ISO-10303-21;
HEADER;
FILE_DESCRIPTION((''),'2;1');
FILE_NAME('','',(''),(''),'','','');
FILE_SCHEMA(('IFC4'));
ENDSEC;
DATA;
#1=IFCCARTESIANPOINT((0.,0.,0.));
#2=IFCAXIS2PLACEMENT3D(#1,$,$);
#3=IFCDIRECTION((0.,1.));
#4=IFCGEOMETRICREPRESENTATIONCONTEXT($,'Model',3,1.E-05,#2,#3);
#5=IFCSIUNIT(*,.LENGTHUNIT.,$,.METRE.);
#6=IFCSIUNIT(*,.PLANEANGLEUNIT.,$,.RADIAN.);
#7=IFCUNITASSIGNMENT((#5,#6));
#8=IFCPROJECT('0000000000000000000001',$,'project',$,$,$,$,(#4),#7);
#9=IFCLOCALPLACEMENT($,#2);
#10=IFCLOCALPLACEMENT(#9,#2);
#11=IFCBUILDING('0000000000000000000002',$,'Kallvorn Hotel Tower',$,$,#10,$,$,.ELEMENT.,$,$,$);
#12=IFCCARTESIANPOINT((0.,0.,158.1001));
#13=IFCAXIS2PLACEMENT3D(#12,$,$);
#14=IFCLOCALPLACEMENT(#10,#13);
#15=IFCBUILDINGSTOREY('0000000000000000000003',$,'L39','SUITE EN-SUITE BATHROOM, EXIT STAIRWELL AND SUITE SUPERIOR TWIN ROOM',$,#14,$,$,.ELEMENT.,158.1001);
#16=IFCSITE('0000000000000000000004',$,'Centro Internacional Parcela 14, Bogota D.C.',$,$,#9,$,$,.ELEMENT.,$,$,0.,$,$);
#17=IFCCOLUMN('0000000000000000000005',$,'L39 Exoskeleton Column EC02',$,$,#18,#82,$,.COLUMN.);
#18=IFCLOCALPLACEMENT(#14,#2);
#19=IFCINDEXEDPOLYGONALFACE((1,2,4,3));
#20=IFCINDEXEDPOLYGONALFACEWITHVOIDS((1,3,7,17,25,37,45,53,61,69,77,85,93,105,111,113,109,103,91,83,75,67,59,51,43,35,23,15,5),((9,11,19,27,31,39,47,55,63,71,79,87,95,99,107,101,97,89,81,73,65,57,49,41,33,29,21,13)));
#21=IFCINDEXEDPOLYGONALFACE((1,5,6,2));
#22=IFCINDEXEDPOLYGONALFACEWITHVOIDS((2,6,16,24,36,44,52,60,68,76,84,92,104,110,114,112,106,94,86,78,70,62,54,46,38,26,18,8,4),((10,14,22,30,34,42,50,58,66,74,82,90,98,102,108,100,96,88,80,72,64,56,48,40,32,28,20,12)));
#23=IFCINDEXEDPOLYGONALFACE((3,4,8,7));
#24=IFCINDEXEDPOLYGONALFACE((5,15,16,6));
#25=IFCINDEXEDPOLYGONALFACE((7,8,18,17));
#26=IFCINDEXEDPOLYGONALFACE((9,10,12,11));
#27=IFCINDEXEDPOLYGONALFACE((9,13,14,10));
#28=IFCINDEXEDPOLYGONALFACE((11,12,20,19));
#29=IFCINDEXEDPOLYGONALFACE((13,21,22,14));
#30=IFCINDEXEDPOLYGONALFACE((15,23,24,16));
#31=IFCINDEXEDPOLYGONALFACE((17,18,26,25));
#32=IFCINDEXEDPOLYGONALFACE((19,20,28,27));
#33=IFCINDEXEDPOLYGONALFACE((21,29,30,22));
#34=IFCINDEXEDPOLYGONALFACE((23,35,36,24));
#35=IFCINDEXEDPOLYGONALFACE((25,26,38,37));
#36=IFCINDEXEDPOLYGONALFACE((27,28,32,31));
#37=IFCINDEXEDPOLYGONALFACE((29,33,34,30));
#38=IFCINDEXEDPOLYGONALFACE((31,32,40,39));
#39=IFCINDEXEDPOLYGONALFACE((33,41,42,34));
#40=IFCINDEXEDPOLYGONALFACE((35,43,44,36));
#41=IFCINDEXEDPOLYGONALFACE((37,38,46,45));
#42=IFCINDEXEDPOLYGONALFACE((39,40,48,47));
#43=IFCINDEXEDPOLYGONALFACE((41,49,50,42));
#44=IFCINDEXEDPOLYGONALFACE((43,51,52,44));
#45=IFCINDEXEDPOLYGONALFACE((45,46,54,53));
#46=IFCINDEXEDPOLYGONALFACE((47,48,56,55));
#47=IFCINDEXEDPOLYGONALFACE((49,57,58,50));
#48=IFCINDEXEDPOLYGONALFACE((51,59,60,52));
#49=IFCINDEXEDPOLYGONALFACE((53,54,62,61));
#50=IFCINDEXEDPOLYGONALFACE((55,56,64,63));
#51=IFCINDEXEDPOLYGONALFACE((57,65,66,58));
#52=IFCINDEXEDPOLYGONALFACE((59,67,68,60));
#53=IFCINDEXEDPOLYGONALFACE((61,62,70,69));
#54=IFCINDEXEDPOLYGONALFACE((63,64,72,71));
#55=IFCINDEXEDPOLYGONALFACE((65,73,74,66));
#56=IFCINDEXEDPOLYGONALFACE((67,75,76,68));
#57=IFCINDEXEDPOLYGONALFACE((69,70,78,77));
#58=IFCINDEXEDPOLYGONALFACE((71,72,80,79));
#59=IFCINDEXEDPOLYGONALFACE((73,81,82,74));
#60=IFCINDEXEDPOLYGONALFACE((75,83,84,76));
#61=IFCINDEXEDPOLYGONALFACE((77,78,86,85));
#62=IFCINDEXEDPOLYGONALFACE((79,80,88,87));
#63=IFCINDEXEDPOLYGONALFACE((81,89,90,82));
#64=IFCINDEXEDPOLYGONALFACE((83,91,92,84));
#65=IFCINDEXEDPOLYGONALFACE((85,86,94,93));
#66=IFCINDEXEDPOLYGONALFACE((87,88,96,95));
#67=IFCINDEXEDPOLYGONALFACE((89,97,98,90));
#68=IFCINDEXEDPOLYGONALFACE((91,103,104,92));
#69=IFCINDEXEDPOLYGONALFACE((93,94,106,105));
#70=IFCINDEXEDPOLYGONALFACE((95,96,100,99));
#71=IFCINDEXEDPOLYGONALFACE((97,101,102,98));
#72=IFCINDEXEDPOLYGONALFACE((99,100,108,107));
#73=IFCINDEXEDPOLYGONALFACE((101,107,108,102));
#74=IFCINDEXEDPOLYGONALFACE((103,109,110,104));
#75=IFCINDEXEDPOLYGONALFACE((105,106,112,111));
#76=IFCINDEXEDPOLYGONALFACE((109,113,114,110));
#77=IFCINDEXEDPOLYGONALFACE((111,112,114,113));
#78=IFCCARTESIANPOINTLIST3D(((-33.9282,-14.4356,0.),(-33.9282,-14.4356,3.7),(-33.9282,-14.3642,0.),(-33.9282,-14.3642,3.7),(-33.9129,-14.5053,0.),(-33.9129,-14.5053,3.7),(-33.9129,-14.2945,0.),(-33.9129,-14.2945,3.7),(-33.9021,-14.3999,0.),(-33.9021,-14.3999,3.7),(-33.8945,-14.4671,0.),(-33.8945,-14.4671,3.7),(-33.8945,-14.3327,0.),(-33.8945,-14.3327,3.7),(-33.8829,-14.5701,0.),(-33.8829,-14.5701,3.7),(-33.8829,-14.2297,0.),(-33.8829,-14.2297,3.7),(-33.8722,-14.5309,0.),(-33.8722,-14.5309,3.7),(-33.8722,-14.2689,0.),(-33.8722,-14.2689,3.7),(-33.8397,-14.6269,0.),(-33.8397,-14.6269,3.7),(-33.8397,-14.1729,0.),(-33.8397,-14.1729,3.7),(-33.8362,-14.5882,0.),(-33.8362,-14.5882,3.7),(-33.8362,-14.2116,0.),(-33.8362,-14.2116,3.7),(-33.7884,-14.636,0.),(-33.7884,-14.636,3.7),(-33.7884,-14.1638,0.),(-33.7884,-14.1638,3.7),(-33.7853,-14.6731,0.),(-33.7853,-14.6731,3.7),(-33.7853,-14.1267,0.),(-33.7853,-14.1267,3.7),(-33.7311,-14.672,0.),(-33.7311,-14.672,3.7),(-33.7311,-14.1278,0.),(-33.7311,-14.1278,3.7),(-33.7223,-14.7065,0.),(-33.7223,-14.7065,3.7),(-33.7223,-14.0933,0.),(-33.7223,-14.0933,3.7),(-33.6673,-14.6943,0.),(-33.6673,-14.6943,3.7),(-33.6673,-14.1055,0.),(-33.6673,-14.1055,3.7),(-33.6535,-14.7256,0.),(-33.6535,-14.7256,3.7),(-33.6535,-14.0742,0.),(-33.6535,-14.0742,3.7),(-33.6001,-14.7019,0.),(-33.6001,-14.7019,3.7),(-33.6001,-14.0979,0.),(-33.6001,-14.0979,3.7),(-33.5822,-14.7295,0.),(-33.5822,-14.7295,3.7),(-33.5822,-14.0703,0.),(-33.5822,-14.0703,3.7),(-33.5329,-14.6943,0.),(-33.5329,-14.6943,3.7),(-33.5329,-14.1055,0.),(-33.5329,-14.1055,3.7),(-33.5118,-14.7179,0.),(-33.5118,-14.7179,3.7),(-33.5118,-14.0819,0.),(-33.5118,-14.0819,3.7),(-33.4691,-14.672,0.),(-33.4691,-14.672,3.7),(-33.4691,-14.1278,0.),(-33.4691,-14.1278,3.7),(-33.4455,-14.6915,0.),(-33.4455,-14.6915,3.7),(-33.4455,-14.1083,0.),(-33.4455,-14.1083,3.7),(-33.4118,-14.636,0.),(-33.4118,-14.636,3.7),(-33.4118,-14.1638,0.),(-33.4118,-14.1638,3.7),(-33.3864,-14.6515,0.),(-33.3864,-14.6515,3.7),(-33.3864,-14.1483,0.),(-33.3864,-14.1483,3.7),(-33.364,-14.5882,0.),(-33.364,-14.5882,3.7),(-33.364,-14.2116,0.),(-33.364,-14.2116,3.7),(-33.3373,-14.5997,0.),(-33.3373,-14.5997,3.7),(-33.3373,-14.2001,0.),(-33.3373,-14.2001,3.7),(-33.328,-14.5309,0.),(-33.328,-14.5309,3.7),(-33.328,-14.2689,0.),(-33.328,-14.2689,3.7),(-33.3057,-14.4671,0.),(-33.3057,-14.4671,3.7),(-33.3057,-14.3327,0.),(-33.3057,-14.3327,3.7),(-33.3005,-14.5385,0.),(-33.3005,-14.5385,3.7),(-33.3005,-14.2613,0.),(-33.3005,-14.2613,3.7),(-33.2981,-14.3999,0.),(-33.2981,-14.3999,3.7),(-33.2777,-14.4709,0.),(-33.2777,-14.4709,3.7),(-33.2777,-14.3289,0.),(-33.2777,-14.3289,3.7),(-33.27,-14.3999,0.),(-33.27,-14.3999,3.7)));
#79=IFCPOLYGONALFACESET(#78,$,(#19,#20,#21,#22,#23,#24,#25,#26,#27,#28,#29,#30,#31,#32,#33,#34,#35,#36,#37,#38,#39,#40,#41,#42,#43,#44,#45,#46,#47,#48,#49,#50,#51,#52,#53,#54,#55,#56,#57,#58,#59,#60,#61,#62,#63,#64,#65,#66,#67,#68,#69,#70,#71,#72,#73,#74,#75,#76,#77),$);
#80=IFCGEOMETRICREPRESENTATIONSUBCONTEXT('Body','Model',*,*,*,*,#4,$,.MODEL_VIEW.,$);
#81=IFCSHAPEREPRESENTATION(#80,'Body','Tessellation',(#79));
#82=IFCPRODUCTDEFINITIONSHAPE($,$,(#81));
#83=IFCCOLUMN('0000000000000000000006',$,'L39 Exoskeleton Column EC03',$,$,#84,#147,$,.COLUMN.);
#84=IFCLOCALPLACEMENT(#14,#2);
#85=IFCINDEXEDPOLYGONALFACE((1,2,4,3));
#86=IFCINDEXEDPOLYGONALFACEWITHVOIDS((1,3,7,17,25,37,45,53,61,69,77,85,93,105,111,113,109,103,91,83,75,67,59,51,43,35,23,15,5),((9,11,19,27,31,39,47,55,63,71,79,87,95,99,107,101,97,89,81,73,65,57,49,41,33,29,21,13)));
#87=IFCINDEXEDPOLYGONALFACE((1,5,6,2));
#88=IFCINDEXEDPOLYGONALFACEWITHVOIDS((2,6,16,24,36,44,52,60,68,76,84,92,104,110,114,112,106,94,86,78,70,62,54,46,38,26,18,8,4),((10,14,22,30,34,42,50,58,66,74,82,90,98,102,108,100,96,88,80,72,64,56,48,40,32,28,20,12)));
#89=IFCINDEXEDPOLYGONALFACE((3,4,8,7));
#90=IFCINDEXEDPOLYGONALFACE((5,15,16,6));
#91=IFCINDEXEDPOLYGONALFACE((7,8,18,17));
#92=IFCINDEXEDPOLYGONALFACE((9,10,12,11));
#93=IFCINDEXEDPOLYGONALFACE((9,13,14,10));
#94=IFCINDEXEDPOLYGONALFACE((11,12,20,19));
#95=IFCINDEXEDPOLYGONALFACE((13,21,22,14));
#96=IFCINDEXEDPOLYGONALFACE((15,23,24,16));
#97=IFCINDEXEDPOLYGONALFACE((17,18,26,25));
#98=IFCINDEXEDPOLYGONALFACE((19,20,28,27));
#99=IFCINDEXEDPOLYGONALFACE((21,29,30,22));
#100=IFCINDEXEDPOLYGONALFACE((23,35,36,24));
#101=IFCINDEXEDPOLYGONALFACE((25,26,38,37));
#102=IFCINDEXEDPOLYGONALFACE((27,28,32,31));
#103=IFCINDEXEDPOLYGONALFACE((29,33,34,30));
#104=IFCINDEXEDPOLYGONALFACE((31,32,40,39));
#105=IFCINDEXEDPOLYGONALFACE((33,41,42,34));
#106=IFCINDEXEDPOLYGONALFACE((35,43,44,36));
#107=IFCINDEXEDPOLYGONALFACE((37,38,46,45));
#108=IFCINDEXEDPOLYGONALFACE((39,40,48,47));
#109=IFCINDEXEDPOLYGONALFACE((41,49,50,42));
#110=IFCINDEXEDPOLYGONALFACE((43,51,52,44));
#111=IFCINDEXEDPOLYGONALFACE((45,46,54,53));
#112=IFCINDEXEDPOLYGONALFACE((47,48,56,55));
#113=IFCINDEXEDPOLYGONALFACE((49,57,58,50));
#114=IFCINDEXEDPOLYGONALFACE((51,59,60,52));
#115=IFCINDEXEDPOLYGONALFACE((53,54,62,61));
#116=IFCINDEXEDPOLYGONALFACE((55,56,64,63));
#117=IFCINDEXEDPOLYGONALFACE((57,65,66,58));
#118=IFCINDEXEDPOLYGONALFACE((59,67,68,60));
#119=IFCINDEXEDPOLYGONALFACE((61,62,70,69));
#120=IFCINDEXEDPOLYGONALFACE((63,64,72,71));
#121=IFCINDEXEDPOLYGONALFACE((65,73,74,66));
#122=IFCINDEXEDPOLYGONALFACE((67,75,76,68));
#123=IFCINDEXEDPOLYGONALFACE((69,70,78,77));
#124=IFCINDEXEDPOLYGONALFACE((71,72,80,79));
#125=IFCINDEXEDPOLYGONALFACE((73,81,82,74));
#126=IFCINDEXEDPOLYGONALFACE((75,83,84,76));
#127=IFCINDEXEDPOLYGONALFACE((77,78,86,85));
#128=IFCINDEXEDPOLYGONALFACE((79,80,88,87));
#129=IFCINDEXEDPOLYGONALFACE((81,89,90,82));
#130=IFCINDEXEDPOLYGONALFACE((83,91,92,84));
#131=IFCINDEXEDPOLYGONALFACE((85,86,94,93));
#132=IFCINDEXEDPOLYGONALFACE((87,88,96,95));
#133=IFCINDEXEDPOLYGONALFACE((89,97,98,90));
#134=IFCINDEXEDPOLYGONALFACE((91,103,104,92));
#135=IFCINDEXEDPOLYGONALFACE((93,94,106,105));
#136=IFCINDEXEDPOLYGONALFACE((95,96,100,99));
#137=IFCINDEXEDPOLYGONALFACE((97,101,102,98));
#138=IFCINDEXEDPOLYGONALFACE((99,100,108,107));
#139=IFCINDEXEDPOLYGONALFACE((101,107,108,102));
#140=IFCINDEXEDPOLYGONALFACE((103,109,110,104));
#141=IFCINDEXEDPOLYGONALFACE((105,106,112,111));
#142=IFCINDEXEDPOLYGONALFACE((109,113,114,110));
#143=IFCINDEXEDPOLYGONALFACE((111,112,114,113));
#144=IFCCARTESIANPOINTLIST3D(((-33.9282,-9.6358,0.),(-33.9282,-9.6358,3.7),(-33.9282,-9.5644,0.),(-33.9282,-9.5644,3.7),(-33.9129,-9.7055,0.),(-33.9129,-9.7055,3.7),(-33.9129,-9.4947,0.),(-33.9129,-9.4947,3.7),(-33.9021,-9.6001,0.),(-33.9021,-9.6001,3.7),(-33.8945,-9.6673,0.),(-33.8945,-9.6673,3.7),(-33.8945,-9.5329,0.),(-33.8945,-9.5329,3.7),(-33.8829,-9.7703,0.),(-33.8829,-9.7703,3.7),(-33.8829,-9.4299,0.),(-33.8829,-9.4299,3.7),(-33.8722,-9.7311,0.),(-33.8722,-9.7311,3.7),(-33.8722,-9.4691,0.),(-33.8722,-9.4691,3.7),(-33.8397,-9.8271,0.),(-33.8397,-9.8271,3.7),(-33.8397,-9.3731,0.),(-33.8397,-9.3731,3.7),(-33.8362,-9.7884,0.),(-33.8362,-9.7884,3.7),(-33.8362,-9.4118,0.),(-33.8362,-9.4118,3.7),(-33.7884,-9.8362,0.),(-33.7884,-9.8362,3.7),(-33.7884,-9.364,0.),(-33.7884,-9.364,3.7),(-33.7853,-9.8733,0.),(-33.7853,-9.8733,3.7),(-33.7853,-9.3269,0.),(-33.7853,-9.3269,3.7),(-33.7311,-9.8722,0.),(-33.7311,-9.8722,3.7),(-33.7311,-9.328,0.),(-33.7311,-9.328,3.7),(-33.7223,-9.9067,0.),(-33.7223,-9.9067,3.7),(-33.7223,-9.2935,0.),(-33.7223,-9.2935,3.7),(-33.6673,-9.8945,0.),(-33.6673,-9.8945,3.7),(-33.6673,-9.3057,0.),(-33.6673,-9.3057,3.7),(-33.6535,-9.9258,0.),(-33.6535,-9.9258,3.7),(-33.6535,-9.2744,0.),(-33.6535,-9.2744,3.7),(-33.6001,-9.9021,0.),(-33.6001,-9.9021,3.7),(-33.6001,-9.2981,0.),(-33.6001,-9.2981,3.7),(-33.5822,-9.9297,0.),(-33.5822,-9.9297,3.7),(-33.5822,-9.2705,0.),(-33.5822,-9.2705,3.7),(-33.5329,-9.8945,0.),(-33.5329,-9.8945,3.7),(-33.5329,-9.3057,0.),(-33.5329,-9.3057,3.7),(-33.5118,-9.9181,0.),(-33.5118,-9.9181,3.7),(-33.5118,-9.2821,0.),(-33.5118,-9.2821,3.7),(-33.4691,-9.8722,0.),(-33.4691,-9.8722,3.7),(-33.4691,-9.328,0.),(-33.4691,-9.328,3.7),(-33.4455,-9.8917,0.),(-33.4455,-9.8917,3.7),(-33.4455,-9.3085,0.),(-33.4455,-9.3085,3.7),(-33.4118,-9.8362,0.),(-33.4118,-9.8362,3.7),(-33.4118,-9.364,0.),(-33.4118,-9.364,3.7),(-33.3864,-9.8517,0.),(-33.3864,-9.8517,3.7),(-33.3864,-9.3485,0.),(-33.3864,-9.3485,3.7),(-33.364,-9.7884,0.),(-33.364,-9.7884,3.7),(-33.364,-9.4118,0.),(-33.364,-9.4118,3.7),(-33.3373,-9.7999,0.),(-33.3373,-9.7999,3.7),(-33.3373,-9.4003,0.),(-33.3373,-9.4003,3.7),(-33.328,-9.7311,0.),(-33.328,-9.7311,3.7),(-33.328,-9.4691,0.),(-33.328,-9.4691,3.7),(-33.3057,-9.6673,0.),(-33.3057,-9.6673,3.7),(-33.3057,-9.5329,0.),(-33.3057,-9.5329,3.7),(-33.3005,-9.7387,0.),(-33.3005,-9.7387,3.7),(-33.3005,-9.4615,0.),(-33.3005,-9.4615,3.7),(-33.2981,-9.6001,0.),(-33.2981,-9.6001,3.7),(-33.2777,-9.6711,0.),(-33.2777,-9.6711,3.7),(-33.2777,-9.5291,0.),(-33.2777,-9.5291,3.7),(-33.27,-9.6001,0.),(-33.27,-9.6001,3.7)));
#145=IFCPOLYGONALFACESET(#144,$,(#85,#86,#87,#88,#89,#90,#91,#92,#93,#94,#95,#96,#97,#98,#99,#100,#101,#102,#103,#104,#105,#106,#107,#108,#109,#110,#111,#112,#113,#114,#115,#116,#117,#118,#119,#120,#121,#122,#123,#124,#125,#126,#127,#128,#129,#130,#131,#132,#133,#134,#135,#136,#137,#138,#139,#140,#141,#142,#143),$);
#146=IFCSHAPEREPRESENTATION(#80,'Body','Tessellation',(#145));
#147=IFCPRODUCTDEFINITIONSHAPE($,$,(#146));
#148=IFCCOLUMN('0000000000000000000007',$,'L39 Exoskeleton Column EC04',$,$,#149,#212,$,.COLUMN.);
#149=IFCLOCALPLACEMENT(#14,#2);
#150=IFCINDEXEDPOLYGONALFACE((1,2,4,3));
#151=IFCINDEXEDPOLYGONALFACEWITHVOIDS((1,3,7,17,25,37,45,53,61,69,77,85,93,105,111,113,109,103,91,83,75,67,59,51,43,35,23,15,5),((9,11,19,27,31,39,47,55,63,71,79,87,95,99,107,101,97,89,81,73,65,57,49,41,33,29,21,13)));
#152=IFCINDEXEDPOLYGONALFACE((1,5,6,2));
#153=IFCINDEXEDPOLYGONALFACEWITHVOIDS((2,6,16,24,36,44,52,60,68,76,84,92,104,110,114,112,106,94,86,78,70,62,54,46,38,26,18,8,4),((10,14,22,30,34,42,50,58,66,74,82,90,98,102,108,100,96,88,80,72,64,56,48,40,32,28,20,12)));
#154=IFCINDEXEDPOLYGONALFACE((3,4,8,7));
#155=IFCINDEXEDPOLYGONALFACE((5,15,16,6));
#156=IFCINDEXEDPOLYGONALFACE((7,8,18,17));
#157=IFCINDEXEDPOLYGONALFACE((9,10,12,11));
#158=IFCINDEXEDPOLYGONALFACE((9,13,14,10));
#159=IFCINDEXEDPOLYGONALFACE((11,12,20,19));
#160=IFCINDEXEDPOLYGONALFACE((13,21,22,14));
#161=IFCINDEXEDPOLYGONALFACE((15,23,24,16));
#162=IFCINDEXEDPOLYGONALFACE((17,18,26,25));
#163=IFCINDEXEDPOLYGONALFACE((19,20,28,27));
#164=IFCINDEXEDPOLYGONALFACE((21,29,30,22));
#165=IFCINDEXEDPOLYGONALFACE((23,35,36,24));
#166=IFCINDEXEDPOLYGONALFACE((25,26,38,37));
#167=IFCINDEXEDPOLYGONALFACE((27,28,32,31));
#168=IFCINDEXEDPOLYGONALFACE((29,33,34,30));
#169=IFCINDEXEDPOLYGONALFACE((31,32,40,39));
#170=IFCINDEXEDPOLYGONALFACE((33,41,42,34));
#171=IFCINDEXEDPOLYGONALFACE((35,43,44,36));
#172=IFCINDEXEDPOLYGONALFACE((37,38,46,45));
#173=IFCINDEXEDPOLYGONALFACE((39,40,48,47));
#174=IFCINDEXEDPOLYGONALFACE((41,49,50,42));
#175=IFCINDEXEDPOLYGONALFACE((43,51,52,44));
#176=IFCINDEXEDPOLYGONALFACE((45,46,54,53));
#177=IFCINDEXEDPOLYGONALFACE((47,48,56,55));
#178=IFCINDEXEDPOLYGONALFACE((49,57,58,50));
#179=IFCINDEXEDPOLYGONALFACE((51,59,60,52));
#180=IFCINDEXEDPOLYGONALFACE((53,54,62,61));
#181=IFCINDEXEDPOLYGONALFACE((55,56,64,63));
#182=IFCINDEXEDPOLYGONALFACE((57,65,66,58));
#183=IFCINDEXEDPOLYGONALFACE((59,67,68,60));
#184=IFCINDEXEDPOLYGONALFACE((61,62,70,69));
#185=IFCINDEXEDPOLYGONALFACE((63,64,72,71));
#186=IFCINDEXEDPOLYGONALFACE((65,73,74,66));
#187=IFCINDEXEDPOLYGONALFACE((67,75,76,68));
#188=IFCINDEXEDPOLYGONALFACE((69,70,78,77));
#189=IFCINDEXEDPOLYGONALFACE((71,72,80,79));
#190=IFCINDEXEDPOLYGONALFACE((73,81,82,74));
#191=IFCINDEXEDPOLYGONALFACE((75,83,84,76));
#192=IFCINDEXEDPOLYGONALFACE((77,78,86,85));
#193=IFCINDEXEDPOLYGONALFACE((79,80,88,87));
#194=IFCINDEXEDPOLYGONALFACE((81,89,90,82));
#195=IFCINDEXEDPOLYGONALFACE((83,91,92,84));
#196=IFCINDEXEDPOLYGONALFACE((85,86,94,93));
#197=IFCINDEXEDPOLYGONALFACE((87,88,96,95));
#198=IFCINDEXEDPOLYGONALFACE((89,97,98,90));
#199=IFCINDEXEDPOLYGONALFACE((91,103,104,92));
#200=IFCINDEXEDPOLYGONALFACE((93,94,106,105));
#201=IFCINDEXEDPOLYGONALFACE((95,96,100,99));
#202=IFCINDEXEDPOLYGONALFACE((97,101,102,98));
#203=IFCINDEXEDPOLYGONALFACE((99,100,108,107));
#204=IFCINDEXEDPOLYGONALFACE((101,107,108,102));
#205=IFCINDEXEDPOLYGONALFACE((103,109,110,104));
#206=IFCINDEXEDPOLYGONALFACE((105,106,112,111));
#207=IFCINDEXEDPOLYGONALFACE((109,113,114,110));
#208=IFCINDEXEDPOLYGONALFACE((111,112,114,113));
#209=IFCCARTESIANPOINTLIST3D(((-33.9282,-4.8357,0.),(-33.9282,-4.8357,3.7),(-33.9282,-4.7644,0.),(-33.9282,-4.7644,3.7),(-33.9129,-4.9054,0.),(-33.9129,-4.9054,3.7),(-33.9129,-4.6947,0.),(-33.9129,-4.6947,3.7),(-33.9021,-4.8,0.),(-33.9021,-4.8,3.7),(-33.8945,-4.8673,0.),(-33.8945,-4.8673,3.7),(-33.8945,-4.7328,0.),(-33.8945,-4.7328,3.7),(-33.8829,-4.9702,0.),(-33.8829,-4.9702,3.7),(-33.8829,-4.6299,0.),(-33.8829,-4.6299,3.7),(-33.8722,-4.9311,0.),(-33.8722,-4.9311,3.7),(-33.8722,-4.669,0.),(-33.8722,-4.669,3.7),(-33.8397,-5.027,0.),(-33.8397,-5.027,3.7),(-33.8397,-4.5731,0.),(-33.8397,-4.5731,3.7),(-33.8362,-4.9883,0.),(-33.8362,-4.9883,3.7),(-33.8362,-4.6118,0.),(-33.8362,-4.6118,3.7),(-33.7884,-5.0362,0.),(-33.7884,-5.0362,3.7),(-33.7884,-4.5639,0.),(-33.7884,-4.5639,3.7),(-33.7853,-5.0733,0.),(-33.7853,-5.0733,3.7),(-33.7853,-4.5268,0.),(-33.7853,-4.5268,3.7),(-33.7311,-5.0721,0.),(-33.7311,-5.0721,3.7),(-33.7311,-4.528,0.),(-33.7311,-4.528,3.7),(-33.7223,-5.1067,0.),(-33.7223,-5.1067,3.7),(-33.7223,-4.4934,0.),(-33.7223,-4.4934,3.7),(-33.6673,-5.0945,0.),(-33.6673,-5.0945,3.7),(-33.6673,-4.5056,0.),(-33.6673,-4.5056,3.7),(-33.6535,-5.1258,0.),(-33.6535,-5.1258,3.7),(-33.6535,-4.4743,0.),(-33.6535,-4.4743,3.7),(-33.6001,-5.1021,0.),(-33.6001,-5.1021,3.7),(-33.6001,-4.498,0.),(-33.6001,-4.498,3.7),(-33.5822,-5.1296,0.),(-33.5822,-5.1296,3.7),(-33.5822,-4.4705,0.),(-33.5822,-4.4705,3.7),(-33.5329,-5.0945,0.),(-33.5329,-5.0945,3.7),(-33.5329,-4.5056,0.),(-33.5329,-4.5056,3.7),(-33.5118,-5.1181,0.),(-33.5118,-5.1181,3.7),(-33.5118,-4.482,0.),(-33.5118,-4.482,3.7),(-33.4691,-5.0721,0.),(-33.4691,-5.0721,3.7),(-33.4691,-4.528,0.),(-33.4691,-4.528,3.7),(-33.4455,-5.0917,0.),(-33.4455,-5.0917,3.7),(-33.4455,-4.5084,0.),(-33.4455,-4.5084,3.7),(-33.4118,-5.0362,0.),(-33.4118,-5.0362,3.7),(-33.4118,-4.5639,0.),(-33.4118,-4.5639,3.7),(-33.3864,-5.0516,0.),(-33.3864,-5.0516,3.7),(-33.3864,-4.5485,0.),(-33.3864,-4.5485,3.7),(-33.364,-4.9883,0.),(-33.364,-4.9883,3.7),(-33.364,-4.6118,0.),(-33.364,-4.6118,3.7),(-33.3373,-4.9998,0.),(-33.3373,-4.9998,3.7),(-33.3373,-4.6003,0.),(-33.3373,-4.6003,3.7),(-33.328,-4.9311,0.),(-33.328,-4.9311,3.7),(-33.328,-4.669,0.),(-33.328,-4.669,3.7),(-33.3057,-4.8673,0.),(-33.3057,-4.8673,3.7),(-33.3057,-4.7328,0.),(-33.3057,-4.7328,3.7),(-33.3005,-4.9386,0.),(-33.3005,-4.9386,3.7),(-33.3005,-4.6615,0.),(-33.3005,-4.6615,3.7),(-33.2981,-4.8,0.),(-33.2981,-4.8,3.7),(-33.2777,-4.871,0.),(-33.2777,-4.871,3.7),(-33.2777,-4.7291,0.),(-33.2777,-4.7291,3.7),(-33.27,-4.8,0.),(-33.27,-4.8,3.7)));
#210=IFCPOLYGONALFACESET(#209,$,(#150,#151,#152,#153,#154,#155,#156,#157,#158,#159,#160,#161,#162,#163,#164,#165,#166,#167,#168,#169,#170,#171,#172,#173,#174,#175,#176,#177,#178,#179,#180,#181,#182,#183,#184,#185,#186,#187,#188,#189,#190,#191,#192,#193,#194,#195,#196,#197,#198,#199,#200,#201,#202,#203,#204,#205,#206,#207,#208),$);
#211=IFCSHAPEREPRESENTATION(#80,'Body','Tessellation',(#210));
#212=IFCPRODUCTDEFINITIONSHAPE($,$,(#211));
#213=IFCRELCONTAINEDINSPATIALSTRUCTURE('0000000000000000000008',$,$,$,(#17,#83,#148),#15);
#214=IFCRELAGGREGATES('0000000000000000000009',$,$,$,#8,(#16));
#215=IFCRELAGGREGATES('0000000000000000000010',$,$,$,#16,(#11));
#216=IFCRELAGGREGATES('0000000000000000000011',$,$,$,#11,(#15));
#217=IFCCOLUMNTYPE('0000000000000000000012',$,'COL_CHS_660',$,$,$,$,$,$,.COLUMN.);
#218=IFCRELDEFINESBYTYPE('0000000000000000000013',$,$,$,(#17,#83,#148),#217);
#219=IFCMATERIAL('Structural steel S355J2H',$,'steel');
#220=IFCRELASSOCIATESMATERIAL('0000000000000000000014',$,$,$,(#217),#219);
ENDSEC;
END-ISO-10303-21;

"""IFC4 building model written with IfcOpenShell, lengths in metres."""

from ifc_helpers import new_model, si_unit, direction, frame, origin, origin_2d, place, context, subcontext, project, spatial, hollow_circle, extrude, material, material_profile, profile_set, type_object, element, save


model = new_model("IFC4")

# Units and contexts
model_context = context("Model", 3, precision=1e-05, world=origin(), true_north=direction((0.0, 1.0)))
body_context = subcontext(model_context, "Body", "Model", "MODEL_VIEW")
ifc_project = project(units=[si_unit("LENGTHUNIT", "METRE"), si_unit("PLANEANGLEUNIT", "RADIAN")], contexts=[model_context])

# Site, building, storey
site_placement = place(None, origin())
site = spatial("IfcSite", under=ifc_project, at=site_placement, Name="Centro Internacional Parcela 14, Bogota D.C.", CompositionType="ELEMENT", RefElevation=0.0)
building_placement = place(site_placement, origin())
building = spatial("IfcBuilding", under=site, at=building_placement, Name="Kallvorn Hotel Tower", CompositionType="ELEMENT")
storey_placement = place(building_placement, frame((0.0, 0.0, 158.1001)))
storey = spatial("IfcBuildingStorey", under=building, at=storey_placement, Name="L39", Description="SUITE EN-SUITE BATHROOM, EXIT STAIRWELL AND SUITE SUPERIOR TWIN ROOM", CompositionType="ELEMENT", Elevation=158.1001)

# Columns
ifc_material_1 = material(Name="Structural steel S355J2H", Category="steel")
ifc_material_profile_1 = material_profile(ifc_material_1, hollow_circle(Radius=0.3301, WallThickness=0.0281, at=origin_2d()), Name="CHS 660x28")
ifc_profile_set_1 = profile_set([ifc_material_profile_1], Name="Structural steel S355J2H")
column_type_1 = type_object("IfcColumnType", Name="COL_CHS_660", PredefinedType="COLUMN", material=ifc_profile_set_1)
for number, where, z_axis, x_axis, name in (
    (1, (-33.6001, -14.3999, 0.0), (0.0, 0.0, 1.0), (1.0, 0.0, 0.0), "L39 Exoskeleton Column EC02"),
    (2, (-33.6001, -9.6001, 0.0), (0.0, 0.0, 1.0), (1.0, 0.0, 0.0), "L39 Exoskeleton Column EC03"),
    (3, (-33.6001, -4.8, 0.0), (0.0, 0.0, 1.0), (1.0, 0.0, 0.0), "L39 Exoskeleton Column EC04"),
):
    element("IfcColumn", number, at=place(storey_placement, frame(where, z_axis=z_axis, x_axis=x_axis)), inside=storey, type_object=column_type_1, Name=name, PredefinedType="COLUMN", context=body_context, shape_type="SweptSolid", body=[
        extrude(hollow_circle(Radius=0.3301, WallThickness=0.0281, at=origin_2d()), origin(), (0.0, 0.0, 1.0), 3.7),
    ])

save(model, "model.ifc")
